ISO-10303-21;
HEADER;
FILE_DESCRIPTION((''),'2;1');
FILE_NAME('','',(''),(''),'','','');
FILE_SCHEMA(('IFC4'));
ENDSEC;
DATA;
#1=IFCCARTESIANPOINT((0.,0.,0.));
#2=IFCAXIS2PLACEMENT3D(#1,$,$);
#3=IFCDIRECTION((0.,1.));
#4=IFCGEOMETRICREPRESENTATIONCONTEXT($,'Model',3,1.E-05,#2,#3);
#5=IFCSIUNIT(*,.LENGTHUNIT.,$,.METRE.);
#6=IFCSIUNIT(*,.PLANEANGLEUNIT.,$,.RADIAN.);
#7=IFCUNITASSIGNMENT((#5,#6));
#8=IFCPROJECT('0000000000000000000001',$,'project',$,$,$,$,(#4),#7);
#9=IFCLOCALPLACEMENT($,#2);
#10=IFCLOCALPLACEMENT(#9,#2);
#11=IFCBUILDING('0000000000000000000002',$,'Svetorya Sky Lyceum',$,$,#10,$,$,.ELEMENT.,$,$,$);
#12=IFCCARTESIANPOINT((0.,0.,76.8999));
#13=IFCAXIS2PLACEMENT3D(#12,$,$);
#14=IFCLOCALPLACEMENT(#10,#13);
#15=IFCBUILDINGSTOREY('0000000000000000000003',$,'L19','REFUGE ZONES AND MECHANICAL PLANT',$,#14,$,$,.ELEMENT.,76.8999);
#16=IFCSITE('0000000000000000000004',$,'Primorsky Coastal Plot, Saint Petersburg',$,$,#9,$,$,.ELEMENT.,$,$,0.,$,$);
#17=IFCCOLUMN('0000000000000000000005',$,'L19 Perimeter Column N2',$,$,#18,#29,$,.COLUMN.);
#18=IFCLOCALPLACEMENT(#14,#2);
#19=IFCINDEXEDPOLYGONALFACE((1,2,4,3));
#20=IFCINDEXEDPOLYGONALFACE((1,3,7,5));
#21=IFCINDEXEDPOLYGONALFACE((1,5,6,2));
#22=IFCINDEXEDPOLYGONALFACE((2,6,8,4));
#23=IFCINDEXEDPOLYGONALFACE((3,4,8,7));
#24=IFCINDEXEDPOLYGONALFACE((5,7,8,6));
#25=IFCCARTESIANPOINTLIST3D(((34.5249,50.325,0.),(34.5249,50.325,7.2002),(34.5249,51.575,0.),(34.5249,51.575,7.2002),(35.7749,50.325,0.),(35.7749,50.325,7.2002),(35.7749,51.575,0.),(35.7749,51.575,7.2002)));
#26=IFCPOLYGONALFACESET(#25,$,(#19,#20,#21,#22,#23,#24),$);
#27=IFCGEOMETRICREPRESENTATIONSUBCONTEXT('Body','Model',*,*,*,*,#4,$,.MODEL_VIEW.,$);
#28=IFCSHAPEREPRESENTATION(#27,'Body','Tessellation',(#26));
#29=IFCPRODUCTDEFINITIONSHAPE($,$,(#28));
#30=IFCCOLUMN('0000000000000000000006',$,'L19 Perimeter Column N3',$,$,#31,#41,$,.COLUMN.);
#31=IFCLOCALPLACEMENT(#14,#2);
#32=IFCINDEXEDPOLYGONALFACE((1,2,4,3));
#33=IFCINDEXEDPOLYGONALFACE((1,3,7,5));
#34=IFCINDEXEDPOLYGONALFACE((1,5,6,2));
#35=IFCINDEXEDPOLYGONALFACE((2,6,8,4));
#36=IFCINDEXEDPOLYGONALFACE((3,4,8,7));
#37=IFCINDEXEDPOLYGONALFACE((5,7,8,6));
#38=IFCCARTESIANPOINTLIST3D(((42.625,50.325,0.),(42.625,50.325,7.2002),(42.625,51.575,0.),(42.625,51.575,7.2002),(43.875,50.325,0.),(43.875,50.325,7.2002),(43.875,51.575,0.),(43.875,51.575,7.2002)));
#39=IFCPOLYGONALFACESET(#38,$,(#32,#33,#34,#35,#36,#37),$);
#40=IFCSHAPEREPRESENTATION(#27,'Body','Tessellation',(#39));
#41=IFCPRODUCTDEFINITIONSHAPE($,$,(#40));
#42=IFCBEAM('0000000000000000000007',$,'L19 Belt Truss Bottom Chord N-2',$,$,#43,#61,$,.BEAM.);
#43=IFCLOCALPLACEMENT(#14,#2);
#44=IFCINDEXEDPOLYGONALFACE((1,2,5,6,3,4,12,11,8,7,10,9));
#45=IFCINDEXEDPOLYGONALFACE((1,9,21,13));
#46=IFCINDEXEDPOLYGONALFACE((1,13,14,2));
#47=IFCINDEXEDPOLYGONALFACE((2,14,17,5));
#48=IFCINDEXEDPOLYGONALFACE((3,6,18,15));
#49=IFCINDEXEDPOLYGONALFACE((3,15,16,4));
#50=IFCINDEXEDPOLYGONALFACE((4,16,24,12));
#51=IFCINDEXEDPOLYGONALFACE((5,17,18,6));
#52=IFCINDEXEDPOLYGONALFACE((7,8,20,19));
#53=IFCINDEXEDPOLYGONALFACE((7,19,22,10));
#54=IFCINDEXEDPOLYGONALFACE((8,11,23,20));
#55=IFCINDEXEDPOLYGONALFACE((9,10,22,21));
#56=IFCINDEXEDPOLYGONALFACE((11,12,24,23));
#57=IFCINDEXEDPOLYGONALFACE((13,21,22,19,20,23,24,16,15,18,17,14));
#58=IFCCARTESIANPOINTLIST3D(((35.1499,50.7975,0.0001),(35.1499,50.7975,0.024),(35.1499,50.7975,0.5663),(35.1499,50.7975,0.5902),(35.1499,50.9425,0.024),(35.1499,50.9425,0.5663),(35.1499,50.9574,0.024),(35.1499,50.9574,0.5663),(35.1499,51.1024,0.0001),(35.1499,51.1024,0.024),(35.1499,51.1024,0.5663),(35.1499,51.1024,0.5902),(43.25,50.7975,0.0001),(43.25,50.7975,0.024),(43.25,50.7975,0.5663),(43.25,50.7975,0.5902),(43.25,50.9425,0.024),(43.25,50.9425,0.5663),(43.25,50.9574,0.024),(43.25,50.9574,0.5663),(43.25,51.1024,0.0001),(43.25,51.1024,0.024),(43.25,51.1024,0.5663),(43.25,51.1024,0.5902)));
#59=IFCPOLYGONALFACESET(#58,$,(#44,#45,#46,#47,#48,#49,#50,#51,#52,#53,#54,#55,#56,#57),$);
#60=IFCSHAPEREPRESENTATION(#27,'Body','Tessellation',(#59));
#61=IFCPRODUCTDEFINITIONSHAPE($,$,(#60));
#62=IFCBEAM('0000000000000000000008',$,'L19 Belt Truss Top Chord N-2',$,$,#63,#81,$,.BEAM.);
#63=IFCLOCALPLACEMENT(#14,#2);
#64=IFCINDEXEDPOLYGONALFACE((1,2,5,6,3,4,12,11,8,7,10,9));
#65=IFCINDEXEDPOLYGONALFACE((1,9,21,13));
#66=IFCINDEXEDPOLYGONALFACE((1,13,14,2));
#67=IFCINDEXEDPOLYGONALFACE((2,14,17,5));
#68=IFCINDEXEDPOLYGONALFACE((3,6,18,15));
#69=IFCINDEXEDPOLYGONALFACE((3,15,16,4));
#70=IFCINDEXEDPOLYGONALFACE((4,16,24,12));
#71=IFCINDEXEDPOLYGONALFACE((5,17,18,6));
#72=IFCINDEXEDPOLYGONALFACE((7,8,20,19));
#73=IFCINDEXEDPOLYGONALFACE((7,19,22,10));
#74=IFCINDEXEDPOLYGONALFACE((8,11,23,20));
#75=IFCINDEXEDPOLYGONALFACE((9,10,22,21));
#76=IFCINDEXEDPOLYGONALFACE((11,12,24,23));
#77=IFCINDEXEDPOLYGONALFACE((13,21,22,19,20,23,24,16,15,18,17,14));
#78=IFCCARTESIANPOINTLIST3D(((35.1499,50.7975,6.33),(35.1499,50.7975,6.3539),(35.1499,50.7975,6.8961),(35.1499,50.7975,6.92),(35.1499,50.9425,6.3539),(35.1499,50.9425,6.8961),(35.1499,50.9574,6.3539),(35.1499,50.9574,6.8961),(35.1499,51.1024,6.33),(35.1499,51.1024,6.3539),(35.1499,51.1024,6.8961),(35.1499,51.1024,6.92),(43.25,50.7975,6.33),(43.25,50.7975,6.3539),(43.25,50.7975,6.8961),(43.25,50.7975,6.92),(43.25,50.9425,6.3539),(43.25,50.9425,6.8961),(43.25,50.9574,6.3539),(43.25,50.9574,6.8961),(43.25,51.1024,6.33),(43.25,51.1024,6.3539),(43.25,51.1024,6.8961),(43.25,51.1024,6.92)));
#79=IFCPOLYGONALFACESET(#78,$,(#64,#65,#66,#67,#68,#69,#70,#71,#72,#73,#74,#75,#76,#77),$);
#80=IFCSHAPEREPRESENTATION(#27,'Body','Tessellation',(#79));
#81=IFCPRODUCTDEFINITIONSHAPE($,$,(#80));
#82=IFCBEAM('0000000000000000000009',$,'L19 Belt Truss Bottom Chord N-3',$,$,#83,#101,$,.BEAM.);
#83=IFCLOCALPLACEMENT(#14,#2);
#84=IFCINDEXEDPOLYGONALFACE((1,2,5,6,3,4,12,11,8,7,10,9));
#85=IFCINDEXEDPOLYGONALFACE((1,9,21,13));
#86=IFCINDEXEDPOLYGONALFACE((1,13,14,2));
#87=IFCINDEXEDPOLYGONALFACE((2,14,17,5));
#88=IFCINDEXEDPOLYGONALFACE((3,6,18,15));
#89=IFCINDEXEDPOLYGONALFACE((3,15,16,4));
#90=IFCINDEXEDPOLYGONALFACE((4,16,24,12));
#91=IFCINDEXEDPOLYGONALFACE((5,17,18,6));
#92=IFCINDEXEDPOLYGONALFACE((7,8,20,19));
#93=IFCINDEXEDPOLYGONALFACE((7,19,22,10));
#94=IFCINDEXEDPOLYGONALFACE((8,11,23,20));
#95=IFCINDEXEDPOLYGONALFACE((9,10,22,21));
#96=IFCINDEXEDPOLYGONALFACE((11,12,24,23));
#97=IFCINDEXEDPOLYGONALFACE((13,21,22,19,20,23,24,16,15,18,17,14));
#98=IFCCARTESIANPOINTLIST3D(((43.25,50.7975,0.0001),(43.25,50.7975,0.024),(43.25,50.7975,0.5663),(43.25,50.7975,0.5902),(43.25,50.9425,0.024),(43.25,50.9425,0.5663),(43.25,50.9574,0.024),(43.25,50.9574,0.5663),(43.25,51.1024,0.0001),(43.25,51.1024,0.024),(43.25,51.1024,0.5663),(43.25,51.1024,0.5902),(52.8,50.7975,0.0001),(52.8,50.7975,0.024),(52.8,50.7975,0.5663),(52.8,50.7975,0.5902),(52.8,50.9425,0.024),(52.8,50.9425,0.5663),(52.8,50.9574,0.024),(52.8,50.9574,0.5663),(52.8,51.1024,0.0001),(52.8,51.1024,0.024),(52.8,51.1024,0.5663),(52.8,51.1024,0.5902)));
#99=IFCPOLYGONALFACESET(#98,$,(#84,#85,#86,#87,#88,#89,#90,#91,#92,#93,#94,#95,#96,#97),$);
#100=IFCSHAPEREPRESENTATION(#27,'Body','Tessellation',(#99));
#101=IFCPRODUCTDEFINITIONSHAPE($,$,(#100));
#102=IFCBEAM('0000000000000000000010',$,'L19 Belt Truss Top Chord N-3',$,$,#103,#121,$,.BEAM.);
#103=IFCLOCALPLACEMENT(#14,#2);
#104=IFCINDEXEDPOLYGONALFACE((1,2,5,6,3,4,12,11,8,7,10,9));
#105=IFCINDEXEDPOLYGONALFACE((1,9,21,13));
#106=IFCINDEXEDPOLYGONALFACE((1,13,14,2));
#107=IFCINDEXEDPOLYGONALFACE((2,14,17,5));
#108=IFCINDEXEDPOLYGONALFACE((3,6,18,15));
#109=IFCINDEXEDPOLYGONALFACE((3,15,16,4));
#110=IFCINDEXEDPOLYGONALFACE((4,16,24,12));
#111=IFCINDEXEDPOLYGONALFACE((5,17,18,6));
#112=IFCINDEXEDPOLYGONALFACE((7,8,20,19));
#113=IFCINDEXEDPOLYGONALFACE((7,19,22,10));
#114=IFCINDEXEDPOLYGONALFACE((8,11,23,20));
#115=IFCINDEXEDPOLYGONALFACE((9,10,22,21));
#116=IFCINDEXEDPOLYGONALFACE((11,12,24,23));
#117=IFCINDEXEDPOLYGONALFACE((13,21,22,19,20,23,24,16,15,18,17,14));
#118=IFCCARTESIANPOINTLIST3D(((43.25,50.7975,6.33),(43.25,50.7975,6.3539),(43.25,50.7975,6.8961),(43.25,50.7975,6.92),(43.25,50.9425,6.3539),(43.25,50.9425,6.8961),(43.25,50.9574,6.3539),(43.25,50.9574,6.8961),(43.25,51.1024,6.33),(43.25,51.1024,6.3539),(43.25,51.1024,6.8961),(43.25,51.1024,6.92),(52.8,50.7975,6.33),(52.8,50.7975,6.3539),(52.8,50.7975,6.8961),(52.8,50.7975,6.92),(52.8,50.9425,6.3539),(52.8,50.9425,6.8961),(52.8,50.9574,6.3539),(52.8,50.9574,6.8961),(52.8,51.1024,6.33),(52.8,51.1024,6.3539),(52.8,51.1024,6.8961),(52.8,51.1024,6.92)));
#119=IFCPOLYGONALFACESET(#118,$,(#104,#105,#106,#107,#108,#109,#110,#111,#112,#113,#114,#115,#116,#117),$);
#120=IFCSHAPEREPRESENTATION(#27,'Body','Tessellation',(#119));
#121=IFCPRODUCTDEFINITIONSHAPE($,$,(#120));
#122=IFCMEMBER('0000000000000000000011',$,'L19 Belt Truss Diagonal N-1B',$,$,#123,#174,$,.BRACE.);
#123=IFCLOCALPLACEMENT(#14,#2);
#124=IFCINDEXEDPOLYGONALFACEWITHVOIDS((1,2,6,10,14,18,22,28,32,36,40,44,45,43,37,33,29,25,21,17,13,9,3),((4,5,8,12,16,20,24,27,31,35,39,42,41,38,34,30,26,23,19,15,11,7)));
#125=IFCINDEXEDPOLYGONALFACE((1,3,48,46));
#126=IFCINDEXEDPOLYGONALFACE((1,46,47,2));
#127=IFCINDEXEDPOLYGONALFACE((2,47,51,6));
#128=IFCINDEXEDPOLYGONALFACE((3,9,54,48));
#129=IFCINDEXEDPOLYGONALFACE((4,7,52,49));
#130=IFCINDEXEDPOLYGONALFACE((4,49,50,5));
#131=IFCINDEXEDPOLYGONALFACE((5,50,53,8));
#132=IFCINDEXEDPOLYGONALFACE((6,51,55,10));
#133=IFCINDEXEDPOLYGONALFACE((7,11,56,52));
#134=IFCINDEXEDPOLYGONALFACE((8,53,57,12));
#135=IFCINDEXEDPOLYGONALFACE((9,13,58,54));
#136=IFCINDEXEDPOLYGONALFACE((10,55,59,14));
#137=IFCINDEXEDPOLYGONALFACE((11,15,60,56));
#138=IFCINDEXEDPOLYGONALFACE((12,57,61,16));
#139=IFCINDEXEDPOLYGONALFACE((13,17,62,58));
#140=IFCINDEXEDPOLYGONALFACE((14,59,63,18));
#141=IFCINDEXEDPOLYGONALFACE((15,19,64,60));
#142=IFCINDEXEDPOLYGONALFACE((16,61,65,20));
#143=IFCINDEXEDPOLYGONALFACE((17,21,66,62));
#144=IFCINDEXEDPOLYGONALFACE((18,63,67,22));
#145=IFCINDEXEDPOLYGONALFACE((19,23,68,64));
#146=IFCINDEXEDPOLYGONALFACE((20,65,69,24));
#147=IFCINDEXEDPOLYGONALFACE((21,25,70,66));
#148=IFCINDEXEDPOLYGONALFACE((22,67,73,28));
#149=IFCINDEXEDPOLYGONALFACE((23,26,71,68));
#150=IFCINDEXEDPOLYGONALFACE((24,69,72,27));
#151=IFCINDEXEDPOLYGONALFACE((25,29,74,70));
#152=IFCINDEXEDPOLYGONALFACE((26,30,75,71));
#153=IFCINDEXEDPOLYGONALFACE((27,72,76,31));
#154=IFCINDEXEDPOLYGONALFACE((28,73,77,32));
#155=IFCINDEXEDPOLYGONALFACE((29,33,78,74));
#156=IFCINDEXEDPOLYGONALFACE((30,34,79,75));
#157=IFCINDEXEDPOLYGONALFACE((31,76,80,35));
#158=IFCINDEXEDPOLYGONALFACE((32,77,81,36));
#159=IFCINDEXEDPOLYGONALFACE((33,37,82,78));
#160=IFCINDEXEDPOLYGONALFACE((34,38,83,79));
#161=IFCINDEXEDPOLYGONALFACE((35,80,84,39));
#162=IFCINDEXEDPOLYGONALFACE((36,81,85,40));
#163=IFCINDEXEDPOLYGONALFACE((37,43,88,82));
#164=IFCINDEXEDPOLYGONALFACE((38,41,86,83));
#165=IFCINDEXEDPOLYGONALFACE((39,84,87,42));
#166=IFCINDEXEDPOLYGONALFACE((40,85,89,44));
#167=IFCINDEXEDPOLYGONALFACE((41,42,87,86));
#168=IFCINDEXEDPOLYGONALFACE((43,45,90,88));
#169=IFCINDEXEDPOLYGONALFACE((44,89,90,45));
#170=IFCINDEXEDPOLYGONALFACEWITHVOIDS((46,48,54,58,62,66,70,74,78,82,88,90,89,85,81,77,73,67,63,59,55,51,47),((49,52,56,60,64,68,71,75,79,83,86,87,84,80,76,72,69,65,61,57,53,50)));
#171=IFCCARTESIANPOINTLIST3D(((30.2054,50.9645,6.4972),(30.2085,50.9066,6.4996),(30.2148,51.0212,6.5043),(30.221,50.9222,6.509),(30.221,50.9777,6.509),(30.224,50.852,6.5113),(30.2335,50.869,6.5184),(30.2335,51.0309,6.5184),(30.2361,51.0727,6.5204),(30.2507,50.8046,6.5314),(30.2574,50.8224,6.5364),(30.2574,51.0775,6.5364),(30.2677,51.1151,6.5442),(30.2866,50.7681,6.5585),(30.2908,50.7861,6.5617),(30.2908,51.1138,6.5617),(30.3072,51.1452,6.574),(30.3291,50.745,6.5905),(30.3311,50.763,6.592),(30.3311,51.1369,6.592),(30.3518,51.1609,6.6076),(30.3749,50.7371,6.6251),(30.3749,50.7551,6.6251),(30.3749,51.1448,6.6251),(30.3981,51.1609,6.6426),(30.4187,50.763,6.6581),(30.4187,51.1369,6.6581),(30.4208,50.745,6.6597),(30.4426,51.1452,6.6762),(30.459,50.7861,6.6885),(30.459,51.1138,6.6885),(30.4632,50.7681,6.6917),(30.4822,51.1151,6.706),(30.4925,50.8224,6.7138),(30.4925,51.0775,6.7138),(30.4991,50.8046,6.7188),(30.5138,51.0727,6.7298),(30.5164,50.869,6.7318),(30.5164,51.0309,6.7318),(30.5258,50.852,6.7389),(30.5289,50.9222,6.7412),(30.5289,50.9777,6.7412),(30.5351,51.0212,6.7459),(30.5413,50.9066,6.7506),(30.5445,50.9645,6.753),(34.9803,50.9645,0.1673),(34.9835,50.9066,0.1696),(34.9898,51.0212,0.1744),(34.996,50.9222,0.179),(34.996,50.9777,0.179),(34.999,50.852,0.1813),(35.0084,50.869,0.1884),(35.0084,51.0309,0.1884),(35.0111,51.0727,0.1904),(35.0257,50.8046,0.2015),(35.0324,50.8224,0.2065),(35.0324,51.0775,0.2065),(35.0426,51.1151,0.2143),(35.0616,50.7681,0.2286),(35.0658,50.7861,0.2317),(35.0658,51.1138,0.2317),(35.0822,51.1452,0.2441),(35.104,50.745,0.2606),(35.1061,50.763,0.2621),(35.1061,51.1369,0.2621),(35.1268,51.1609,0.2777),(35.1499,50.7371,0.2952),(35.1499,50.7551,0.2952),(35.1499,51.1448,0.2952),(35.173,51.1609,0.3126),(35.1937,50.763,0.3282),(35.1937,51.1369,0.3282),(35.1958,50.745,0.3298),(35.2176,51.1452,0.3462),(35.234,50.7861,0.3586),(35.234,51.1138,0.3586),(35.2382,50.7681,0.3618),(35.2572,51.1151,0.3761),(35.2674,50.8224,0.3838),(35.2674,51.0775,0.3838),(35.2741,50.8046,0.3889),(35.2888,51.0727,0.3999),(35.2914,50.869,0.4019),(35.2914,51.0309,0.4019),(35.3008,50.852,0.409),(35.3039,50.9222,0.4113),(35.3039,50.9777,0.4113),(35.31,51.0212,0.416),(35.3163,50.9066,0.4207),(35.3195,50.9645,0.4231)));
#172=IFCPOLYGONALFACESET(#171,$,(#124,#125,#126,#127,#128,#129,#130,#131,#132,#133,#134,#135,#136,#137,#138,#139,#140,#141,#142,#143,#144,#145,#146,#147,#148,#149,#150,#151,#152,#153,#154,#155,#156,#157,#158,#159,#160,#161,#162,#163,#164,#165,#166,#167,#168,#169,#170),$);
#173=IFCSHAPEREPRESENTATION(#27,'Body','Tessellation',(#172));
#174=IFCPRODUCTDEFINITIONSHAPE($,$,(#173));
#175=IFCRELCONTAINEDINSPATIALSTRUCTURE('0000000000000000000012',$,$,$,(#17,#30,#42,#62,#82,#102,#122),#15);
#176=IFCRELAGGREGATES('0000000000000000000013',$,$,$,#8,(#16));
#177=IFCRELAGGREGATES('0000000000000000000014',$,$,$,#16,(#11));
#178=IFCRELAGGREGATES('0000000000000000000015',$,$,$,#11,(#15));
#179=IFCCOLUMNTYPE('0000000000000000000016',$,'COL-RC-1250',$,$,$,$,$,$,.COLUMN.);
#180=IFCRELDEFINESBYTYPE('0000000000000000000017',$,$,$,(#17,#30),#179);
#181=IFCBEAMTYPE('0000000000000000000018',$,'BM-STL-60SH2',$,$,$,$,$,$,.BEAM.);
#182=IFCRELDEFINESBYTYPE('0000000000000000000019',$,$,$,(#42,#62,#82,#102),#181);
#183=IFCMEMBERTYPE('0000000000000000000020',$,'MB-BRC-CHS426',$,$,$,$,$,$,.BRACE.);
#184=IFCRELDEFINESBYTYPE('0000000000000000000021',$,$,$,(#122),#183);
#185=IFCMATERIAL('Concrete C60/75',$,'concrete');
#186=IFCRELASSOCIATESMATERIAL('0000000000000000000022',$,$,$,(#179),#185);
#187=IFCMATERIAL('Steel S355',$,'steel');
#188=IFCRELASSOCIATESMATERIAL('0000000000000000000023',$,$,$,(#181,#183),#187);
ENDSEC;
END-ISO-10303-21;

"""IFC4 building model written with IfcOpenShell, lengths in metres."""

from ifc_helpers import new_model, si_unit, direction, frame, origin, origin_2d, place, context, subcontext, project, spatial, rectangle, hollow_circle, i_section, extrude, material, material_profile, profile_set, type_object, element, save


model = new_model("IFC4")

# Units and contexts
model_context = context("Model", 3, precision=1e-05, world=origin(), true_north=direction((0.0, 1.0)))
body_context = subcontext(model_context, "Body", "Model", "MODEL_VIEW")
ifc_project = project(units=[si_unit("LENGTHUNIT", "METRE"), si_unit("PLANEANGLEUNIT", "RADIAN")], contexts=[model_context])

# Site, building, storey
site_placement = place(None, origin())
site = spatial("IfcSite", under=ifc_project, at=site_placement, Name="Primorsky Coastal Plot, Saint Petersburg", CompositionType="ELEMENT", RefElevation=0.0)
building_placement = place(site_placement, origin())
building = spatial("IfcBuilding", under=site, at=building_placement, Name="Svetorya Sky Lyceum", CompositionType="ELEMENT")
storey_placement = place(building_placement, frame((0.0, 0.0, 76.8999)))
storey = spatial("IfcBuildingStorey", under=building, at=storey_placement, Name="L19", Description="REFUGE ZONES AND MECHANICAL PLANT", CompositionType="ELEMENT", Elevation=76.8999)

# Columns
ifc_material_1 = material(Name="Concrete C60/75", Category="concrete")
ifc_material_profile_1 = material_profile(ifc_material_1, rectangle(XDim=1.25, YDim=1.25, at=origin_2d()), Name="RC COL 1250x1250")
ifc_profile_set_1 = profile_set([ifc_material_profile_1], Name="Concrete C60/75")
column_type = type_object("IfcColumnType", Name="COL-RC-1250", PredefinedType="COLUMN", material=ifc_profile_set_1)
for number, where, z_axis, x_axis, name in (
    (1, (35.1499, 50.95, 0.0), (0.0, 0.0, 1.0), (1.0, 0.0, 0.0), "L19 Perimeter Column N2"),
    (2, (43.25, 50.95, 0.0), (0.0, 0.0, 1.0), (1.0, 0.0, 0.0), "L19 Perimeter Column N3"),
):
    element("IfcColumn", number, at=place(storey_placement, frame(where, z_axis=z_axis, x_axis=x_axis)), inside=storey, type_object=column_type, Name=name, PredefinedType="COLUMN", context=body_context, shape_type="SweptSolid", body=[
        extrude(rectangle(XDim=1.25, YDim=1.25, at=origin_2d()), origin(), (0.0, 0.0, 1.0), 7.2002),
    ])

# Beams
ifc_material_2 = material(Name="Steel S355", Category="steel")
ifc_material_profile_2 = material_profile(ifc_material_2, i_section(OverallWidth=0.3049, OverallDepth=0.5901, WebThickness=0.0149, FlangeThickness=0.0239, at=origin_2d()), Name="GOST 60Sh2")
ifc_profile_set_2 = profile_set([ifc_material_profile_2], Name="Steel S355")
beam_type = type_object("IfcBeamType", Name="BM-STL-60SH2", PredefinedType="BEAM", material=ifc_profile_set_2)
for number, where, z_axis, x_axis, name in (
    (3, (35.1499, 50.95, 0.2952), (1.0, 0.0, 0.0), (0.0, 1.0, 0.0), "L19 Belt Truss Bottom Chord N-2"),
    (4, (35.1499, 50.95, 6.625), (1.0, 0.0, 0.0), (0.0, 1.0, 0.0), "L19 Belt Truss Top Chord N-2"),
):
    element("IfcBeam", number, at=place(storey_placement, frame(where, z_axis=z_axis, x_axis=x_axis)), inside=storey, type_object=beam_type, Name=name, PredefinedType="BEAM", context=body_context, shape_type="SweptSolid", body=[
        extrude(i_section(OverallWidth=0.3049, OverallDepth=0.5901, WebThickness=0.0149, FlangeThickness=0.0239, at=origin_2d()), origin(), (0.0, 0.0, 1.0), 8.1001),
    ])
for number, where, z_axis, x_axis, name in (
    (5, (43.25, 50.95, 0.2952), (1.0, 0.0, 0.0), (0.0, 1.0, 0.0), "L19 Belt Truss Bottom Chord N-3"),
    (6, (43.25, 50.95, 6.625), (1.0, 0.0, 0.0), (0.0, 1.0, 0.0), "L19 Belt Truss Top Chord N-3"),
):
    element("IfcBeam", number, at=place(storey_placement, frame(where, z_axis=z_axis, x_axis=x_axis)), inside=storey, type_object=beam_type, Name=name, PredefinedType="BEAM", context=body_context, shape_type="SweptSolid", body=[
        extrude(i_section(OverallWidth=0.3049, OverallDepth=0.5901, WebThickness=0.0149, FlangeThickness=0.0239, at=origin_2d()), origin(), (0.0, 0.0, 1.0), 9.55),
    ])

# Member
ifc_material_profile_3 = material_profile(ifc_material_2, hollow_circle(Radius=0.2129, WallThickness=0.0181, at=origin_2d()), Name="CHS 426x18")
ifc_profile_set_3 = profile_set([ifc_material_profile_3], Name="Steel S355")
member_type_1 = type_object("IfcMemberType", Name="MB-BRC-CHS426", PredefinedType="BRACE", material=ifc_profile_set_3)
member_1_placement = place(storey_placement, frame((35.1499, 50.95, 0.2952), z_axis=(-0.60222, 0.0, 0.79833), x_axis=(0.0, -1.0, 0.0)))
element("IfcMember", 7, at=member_1_placement, inside=storey, type_object=member_type_1, Name="L19 Belt Truss Diagonal N-1B", PredefinedType="BRACE", context=body_context, shape_type="SweptSolid", body=[
    extrude(hollow_circle(Radius=0.2129, WallThickness=0.0181, at=origin_2d()), origin(), (0.0, 0.0, 1.0), 7.929),
])

save(model, "model.ifc")
